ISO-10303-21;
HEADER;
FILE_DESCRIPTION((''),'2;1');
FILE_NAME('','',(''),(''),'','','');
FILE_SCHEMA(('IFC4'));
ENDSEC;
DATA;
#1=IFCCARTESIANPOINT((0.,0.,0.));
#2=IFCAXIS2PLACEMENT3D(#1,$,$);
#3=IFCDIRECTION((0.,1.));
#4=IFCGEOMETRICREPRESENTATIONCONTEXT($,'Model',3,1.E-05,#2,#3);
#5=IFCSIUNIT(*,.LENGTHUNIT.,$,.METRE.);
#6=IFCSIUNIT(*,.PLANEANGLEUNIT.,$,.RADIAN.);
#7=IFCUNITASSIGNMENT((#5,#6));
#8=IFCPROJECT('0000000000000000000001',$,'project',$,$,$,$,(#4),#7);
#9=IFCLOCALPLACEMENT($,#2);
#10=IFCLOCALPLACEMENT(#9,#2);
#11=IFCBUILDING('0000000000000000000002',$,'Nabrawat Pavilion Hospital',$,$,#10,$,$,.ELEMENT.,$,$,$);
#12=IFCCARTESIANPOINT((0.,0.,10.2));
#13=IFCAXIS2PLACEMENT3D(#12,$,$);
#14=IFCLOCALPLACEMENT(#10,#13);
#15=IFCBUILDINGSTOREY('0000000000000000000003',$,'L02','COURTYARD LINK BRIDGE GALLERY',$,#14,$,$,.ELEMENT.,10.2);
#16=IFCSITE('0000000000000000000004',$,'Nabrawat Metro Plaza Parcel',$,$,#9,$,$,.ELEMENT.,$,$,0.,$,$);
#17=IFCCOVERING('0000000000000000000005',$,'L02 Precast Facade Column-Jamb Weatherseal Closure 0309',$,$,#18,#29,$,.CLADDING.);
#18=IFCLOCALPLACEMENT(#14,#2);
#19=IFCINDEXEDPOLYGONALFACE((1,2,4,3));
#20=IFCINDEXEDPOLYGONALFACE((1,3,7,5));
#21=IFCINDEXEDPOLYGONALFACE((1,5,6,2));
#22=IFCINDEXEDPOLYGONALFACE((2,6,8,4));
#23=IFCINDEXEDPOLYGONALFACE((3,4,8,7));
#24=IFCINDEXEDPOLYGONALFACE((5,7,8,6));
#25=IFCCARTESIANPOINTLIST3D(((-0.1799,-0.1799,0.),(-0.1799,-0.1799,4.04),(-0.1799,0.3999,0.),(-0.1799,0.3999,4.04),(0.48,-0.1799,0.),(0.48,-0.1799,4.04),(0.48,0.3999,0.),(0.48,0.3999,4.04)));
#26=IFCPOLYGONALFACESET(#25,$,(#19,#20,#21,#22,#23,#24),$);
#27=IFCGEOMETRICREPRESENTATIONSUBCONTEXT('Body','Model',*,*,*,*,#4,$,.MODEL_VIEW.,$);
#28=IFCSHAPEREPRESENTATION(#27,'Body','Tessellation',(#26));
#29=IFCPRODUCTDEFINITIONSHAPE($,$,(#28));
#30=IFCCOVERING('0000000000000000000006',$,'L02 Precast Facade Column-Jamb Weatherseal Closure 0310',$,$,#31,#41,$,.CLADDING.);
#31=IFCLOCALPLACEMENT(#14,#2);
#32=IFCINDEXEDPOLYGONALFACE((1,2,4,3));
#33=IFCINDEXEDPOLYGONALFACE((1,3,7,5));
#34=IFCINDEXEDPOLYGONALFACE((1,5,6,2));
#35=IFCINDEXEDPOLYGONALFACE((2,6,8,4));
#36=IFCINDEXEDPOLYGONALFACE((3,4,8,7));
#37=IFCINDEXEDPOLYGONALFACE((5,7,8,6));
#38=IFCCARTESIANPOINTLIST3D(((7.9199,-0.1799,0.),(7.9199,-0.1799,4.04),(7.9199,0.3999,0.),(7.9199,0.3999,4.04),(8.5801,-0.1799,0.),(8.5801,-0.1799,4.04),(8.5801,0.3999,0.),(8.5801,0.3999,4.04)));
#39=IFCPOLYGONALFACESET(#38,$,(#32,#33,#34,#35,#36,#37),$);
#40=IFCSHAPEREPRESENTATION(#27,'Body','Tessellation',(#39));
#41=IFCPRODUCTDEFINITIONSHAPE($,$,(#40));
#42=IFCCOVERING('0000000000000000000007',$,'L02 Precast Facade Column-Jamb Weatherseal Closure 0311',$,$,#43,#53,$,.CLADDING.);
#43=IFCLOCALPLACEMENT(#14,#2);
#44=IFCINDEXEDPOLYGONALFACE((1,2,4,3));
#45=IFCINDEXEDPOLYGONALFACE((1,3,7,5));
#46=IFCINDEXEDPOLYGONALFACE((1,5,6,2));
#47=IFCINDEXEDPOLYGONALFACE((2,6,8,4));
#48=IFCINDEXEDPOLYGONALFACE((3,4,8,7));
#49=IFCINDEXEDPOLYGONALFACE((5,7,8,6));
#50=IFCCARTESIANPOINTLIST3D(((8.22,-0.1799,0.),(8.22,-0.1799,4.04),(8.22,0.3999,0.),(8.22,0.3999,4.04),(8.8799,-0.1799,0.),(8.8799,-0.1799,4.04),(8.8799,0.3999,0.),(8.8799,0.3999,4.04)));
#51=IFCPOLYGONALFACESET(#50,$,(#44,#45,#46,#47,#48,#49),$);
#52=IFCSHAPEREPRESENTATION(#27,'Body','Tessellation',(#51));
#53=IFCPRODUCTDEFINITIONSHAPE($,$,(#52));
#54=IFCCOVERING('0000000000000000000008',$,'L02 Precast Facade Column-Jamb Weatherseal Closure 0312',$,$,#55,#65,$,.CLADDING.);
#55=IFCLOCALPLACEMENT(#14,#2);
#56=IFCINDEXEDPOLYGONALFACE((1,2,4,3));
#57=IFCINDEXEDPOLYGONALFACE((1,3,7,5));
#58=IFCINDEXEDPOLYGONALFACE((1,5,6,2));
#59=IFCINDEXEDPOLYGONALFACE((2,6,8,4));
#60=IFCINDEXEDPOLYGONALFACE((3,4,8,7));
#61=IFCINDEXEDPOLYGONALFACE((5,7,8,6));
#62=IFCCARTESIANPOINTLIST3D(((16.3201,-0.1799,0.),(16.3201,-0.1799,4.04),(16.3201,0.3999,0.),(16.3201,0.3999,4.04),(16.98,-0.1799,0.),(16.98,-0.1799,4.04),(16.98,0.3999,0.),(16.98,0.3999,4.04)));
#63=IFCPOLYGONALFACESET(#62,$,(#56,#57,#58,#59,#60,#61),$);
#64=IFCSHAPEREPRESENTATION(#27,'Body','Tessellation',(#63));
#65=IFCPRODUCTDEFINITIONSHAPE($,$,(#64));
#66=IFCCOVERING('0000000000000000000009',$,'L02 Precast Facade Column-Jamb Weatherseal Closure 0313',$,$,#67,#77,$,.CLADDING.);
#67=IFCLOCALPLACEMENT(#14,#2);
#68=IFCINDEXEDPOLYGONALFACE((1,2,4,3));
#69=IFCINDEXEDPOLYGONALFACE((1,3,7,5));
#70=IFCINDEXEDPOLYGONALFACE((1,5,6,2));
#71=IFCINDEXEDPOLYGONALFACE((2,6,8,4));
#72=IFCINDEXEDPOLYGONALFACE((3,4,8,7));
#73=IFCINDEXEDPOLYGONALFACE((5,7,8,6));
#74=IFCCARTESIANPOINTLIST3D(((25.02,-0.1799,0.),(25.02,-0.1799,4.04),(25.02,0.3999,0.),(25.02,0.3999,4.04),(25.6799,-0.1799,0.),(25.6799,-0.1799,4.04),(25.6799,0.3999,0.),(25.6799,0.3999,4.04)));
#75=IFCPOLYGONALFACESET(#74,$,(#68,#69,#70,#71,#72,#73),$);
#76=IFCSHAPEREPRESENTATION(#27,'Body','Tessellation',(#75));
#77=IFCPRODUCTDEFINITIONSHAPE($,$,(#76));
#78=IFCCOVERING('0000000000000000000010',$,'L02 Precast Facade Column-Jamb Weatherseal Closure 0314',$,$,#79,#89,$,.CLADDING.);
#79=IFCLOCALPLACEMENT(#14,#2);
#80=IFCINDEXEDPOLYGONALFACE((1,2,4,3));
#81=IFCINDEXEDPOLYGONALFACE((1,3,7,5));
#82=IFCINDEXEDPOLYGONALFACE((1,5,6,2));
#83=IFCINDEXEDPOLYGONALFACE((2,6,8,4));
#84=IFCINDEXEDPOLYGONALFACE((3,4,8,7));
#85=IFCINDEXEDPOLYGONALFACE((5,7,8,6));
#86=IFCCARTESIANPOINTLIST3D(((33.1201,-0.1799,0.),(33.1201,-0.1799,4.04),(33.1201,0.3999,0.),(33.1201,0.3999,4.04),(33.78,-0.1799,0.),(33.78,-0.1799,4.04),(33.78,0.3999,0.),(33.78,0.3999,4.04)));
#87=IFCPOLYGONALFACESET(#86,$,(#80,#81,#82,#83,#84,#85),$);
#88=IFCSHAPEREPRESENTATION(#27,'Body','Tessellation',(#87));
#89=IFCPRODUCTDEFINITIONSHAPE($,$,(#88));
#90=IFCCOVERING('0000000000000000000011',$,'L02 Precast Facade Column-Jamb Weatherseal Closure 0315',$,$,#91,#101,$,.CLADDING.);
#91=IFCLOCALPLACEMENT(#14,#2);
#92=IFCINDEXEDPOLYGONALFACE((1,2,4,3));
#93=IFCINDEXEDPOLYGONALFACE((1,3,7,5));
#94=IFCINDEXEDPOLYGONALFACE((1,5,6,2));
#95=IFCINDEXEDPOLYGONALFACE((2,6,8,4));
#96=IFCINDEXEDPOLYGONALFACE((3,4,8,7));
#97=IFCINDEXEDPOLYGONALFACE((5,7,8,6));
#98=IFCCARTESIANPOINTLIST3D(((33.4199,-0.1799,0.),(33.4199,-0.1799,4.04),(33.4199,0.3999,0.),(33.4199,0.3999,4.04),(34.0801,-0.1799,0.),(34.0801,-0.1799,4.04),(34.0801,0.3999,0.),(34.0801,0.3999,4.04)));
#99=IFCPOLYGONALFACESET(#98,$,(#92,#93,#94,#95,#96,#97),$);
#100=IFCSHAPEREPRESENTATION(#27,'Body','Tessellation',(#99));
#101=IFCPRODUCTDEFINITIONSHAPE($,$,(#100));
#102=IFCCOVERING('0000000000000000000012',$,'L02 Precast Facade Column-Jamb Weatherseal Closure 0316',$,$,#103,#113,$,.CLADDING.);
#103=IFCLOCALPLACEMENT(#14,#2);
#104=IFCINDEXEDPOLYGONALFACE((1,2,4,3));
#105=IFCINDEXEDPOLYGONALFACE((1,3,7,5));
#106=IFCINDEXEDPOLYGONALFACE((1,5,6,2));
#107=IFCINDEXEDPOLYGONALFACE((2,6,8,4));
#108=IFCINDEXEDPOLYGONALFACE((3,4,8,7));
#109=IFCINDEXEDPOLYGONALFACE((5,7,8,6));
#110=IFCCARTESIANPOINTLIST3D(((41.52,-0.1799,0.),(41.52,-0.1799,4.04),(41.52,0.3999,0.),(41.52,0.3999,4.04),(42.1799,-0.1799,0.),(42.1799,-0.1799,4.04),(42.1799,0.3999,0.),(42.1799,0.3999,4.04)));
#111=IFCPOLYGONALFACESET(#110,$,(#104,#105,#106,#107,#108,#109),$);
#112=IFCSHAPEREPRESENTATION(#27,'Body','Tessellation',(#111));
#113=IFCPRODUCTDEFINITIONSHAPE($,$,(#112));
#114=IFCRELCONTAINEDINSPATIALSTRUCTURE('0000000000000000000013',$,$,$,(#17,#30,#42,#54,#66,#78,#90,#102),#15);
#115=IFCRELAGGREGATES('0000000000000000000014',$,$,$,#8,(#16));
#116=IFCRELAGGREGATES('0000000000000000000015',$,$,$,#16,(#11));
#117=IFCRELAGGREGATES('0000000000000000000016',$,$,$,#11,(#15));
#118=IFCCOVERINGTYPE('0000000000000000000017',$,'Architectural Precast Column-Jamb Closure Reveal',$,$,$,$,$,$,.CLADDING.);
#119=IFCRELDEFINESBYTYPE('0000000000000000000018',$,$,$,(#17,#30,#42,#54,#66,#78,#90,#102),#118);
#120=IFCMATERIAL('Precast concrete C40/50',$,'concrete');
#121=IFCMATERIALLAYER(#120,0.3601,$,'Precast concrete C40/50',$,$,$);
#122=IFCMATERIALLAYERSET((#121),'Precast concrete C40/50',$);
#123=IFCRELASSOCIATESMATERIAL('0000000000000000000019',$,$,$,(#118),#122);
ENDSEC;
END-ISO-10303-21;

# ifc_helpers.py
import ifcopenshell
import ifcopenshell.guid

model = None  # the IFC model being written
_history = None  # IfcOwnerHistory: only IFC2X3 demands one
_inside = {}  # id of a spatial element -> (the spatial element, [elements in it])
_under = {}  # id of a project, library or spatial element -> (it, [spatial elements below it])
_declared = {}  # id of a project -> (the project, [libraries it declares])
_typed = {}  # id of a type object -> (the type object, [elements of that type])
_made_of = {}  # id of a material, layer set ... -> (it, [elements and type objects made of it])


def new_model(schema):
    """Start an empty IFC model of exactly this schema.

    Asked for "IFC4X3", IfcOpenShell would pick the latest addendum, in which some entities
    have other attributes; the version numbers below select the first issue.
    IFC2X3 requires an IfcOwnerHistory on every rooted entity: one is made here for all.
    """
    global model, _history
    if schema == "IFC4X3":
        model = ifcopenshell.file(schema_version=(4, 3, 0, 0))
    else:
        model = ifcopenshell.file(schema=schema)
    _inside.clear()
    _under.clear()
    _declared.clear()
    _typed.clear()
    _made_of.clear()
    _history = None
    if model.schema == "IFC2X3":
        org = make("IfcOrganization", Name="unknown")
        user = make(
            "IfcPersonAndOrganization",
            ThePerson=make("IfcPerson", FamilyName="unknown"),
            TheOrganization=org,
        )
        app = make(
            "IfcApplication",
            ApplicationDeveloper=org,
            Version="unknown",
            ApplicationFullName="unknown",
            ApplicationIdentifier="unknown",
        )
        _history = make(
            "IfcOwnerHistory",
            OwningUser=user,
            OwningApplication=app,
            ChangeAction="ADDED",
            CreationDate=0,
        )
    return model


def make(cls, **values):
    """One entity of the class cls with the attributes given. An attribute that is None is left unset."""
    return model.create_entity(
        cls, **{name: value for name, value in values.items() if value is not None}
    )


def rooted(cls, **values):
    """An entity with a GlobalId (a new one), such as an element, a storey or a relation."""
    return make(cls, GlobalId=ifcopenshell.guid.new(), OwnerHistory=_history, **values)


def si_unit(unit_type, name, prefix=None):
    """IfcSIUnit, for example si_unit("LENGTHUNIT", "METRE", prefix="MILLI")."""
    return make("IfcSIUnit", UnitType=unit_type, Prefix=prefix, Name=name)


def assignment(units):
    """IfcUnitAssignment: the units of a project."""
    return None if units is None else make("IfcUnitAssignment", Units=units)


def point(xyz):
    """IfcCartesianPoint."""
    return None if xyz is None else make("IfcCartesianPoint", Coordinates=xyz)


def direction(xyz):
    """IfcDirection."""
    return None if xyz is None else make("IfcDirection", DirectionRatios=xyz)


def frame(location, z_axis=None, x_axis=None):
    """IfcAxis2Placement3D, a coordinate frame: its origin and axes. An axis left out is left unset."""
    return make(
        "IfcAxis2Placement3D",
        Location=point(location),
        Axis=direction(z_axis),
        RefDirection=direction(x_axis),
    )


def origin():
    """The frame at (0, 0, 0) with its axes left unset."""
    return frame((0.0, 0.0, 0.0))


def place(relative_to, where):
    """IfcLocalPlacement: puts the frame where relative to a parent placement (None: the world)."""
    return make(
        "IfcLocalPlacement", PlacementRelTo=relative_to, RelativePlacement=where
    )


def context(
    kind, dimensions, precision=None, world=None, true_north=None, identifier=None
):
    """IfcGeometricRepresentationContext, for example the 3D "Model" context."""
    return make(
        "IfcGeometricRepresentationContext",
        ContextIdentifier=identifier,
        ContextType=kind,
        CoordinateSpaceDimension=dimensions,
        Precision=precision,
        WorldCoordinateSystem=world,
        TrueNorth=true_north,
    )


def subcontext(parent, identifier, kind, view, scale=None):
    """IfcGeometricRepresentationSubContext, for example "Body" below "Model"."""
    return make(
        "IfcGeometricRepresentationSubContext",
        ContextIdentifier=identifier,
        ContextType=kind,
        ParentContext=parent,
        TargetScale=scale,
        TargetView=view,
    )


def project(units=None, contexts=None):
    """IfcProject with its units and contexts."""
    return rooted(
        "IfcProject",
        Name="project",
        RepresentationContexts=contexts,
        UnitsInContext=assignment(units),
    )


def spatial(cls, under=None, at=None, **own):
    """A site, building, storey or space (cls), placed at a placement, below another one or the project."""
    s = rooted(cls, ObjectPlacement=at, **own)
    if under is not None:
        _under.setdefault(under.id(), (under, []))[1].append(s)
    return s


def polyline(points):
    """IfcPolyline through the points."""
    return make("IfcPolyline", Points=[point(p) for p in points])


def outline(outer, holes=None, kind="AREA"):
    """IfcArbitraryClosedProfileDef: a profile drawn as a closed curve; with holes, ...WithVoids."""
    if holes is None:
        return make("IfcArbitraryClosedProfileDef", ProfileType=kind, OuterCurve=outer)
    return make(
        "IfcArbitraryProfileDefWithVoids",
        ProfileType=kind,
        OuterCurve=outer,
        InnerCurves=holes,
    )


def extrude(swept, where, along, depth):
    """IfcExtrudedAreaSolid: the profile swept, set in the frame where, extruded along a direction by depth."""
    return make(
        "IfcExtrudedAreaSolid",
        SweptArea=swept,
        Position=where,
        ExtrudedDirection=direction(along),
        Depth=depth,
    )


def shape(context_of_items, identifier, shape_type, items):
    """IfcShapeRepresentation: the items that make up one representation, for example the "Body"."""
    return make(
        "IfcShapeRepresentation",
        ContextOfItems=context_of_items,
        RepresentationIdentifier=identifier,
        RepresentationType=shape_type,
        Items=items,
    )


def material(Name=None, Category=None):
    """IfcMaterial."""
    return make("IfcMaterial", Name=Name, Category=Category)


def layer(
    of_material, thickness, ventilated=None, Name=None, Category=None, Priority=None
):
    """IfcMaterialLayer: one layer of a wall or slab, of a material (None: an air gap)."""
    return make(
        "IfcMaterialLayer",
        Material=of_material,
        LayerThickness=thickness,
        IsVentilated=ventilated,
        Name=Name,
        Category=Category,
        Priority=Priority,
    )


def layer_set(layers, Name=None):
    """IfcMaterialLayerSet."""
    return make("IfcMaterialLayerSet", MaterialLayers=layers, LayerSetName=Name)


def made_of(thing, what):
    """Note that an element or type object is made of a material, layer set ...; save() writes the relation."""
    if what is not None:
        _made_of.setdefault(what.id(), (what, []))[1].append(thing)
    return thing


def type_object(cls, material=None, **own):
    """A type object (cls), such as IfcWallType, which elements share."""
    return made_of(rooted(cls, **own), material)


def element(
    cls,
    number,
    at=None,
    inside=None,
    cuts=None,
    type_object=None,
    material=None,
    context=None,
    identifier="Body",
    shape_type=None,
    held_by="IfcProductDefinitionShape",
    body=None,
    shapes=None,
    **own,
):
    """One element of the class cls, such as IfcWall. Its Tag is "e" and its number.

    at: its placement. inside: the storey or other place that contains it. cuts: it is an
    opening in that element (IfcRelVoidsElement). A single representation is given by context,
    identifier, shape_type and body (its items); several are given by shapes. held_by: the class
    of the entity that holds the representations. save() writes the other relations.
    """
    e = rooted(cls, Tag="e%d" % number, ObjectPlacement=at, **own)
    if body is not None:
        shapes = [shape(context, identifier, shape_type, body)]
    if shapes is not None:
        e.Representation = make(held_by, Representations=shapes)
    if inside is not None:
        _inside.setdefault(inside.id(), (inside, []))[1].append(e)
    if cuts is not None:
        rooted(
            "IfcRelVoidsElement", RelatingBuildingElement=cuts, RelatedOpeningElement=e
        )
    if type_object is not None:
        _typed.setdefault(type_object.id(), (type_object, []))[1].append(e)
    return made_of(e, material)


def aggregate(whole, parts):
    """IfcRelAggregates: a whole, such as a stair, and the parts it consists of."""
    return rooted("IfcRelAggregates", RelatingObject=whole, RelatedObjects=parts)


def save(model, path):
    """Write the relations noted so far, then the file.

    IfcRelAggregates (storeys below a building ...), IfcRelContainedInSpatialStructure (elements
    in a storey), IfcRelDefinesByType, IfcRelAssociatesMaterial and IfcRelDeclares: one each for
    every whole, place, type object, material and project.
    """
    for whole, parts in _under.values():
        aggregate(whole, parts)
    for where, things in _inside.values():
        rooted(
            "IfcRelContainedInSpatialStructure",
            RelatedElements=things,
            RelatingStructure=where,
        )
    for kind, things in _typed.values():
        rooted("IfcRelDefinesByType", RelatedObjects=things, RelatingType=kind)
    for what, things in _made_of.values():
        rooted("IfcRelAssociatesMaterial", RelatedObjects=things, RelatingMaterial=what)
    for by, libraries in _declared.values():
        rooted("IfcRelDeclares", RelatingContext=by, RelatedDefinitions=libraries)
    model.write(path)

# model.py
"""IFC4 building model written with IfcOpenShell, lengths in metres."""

from ifc_helpers import new_model, si_unit, direction, frame, origin, place, context, subcontext, project, spatial, polyline, outline, extrude, material, layer, layer_set, type_object, element, save


model = new_model("IFC4")

# Units and contexts
model_context = context("Model", 3, precision=1e-05, world=origin(), true_north=direction((0.0, 1.0)))
body_context = subcontext(model_context, "Body", "Model", "MODEL_VIEW")
ifc_project = project(units=[si_unit("LENGTHUNIT", "METRE"), si_unit("PLANEANGLEUNIT", "RADIAN")], contexts=[model_context])

# Site, building, storey
site_placement = place(None, origin())
site = spatial("IfcSite", under=ifc_project, at=site_placement, Name="Nabrawat Metro Plaza Parcel", CompositionType="ELEMENT", RefElevation=0.0)
building_placement = place(site_placement, origin())
building = spatial("IfcBuilding", under=site, at=building_placement, Name="Nabrawat Pavilion Hospital", CompositionType="ELEMENT")
storey_placement = place(building_placement, frame((0.0, 0.0, 10.2)))
storey = spatial("IfcBuildingStorey", under=building, at=storey_placement, Name="L02", Description="COURTYARD LINK BRIDGE GALLERY", CompositionType="ELEMENT", Elevation=10.2)

# Shared definitions
ifc_material_1 = material(Name="Precast concrete C40/50", Category="concrete")

# Coverings
ifc_layer_1 = layer(ifc_material_1, 0.3601, Name="Precast concrete C40/50")
ifc_layer_set_1 = layer_set([ifc_layer_1], Name="Precast concrete C40/50")
covering_type = type_object("IfcCoveringType", Name="Architectural Precast Column-Jamb Closure Reveal", PredefinedType="CLADDING", material=ifc_layer_set_1)
covering_1_placement = place(storey_placement, origin())
element("IfcCovering", 1, at=covering_1_placement, inside=storey, type_object=covering_type, Name="L02 Precast Facade Column-Jamb Weatherseal Closure 0309", PredefinedType="CLADDING", context=body_context, shape_type="SweptSolid", body=[
    extrude(outline(polyline([(0.48, -0.1799), (0.48, 0.3999), (-0.1799, 0.3999), (-0.1799, -0.1799), (0.48, -0.1799)])), origin(), (0.0, 0.0, 1.0), 4.04),
])
covering_2_placement = place(storey_placement, origin())
element("IfcCovering", 2, at=covering_2_placement, inside=storey, type_object=covering_type, Name="L02 Precast Facade Column-Jamb Weatherseal Closure 0310", PredefinedType="CLADDING", context=body_context, shape_type="SweptSolid", body=[
    extrude(outline(polyline([(8.5801, -0.1799), (8.5801, 0.3999), (7.9199, 0.3999), (7.9199, -0.1799), (8.5801, -0.1799)])), origin(), (0.0, 0.0, 1.0), 4.04),
])
covering_3_placement = place(storey_placement, origin())
element("IfcCovering", 3, at=covering_3_placement, inside=storey, type_object=covering_type, Name="L02 Precast Facade Column-Jamb Weatherseal Closure 0311", PredefinedType="CLADDING", context=body_context, shape_type="SweptSolid", body=[
    extrude(outline(polyline([(8.8799, -0.1799), (8.8799, 0.3999), (8.22, 0.3999), (8.22, -0.1799), (8.8799, -0.1799)])), origin(), (0.0, 0.0, 1.0), 4.04),
])
covering_4_placement = place(storey_placement, origin())
element("IfcCovering", 4, at=covering_4_placement, inside=storey, type_object=covering_type, Name="L02 Precast Facade Column-Jamb Weatherseal Closure 0312", PredefinedType="CLADDING", context=body_context, shape_type="SweptSolid", body=[
    extrude(outline(polyline([(16.98, -0.1799), (16.98, 0.3999), (16.3201, 0.3999), (16.3201, -0.1799), (16.98, -0.1799)])), origin(), (0.0, 0.0, 1.0), 4.04),
])
covering_5_placement = place(storey_placement, origin())
element("IfcCovering", 5, at=covering_5_placement, inside=storey, type_object=covering_type, Name="L02 Precast Facade Column-Jamb Weatherseal Closure 0313", PredefinedType="CLADDING", context=body_context, shape_type="SweptSolid", body=[
    extrude(outline(polyline([(25.6799, -0.1799), (25.6799, 0.3999), (25.02, 0.3999), (25.02, -0.1799), (25.6799, -0.1799)])), origin(), (0.0, 0.0, 1.0), 4.04),
])
covering_6_placement = place(storey_placement, origin())
element("IfcCovering", 6, at=covering_6_placement, inside=storey, type_object=covering_type, Name="L02 Precast Facade Column-Jamb Weatherseal Closure 0314", PredefinedType="CLADDING", context=body_context, shape_type="SweptSolid", body=[
    extrude(outline(polyline([(33.78, -0.1799), (33.78, 0.3999), (33.1201, 0.3999), (33.1201, -0.1799), (33.78, -0.1799)])), origin(), (0.0, 0.0, 1.0), 4.04),
])
covering_7_placement = place(storey_placement, origin())
element("IfcCovering", 7, at=covering_7_placement, inside=storey, type_object=covering_type, Name="L02 Precast Facade Column-Jamb Weatherseal Closure 0315", PredefinedType="CLADDING", context=body_context, shape_type="SweptSolid", body=[
    extrude(outline(polyline([(34.0801, -0.1799), (34.0801, 0.3999), (33.4199, 0.3999), (33.4199, -0.1799), (34.0801, -0.1799)])), origin(), (0.0, 0.0, 1.0), 4.04),
])
covering_8_placement = place(storey_placement, origin())
element("IfcCovering", 8, at=covering_8_placement, inside=storey, type_object=covering_type, Name="L02 Precast Facade Column-Jamb Weatherseal Closure 0316", PredefinedType="CLADDING", context=body_context, shape_type="SweptSolid", body=[
    extrude(outline(polyline([(42.1799, -0.1799), (42.1799, 0.3999), (41.52, 0.3999), (41.52, -0.1799), (42.1799, -0.1799)])), origin(), (0.0, 0.0, 1.0), 4.04),
])

save(model, "model.ifc")
